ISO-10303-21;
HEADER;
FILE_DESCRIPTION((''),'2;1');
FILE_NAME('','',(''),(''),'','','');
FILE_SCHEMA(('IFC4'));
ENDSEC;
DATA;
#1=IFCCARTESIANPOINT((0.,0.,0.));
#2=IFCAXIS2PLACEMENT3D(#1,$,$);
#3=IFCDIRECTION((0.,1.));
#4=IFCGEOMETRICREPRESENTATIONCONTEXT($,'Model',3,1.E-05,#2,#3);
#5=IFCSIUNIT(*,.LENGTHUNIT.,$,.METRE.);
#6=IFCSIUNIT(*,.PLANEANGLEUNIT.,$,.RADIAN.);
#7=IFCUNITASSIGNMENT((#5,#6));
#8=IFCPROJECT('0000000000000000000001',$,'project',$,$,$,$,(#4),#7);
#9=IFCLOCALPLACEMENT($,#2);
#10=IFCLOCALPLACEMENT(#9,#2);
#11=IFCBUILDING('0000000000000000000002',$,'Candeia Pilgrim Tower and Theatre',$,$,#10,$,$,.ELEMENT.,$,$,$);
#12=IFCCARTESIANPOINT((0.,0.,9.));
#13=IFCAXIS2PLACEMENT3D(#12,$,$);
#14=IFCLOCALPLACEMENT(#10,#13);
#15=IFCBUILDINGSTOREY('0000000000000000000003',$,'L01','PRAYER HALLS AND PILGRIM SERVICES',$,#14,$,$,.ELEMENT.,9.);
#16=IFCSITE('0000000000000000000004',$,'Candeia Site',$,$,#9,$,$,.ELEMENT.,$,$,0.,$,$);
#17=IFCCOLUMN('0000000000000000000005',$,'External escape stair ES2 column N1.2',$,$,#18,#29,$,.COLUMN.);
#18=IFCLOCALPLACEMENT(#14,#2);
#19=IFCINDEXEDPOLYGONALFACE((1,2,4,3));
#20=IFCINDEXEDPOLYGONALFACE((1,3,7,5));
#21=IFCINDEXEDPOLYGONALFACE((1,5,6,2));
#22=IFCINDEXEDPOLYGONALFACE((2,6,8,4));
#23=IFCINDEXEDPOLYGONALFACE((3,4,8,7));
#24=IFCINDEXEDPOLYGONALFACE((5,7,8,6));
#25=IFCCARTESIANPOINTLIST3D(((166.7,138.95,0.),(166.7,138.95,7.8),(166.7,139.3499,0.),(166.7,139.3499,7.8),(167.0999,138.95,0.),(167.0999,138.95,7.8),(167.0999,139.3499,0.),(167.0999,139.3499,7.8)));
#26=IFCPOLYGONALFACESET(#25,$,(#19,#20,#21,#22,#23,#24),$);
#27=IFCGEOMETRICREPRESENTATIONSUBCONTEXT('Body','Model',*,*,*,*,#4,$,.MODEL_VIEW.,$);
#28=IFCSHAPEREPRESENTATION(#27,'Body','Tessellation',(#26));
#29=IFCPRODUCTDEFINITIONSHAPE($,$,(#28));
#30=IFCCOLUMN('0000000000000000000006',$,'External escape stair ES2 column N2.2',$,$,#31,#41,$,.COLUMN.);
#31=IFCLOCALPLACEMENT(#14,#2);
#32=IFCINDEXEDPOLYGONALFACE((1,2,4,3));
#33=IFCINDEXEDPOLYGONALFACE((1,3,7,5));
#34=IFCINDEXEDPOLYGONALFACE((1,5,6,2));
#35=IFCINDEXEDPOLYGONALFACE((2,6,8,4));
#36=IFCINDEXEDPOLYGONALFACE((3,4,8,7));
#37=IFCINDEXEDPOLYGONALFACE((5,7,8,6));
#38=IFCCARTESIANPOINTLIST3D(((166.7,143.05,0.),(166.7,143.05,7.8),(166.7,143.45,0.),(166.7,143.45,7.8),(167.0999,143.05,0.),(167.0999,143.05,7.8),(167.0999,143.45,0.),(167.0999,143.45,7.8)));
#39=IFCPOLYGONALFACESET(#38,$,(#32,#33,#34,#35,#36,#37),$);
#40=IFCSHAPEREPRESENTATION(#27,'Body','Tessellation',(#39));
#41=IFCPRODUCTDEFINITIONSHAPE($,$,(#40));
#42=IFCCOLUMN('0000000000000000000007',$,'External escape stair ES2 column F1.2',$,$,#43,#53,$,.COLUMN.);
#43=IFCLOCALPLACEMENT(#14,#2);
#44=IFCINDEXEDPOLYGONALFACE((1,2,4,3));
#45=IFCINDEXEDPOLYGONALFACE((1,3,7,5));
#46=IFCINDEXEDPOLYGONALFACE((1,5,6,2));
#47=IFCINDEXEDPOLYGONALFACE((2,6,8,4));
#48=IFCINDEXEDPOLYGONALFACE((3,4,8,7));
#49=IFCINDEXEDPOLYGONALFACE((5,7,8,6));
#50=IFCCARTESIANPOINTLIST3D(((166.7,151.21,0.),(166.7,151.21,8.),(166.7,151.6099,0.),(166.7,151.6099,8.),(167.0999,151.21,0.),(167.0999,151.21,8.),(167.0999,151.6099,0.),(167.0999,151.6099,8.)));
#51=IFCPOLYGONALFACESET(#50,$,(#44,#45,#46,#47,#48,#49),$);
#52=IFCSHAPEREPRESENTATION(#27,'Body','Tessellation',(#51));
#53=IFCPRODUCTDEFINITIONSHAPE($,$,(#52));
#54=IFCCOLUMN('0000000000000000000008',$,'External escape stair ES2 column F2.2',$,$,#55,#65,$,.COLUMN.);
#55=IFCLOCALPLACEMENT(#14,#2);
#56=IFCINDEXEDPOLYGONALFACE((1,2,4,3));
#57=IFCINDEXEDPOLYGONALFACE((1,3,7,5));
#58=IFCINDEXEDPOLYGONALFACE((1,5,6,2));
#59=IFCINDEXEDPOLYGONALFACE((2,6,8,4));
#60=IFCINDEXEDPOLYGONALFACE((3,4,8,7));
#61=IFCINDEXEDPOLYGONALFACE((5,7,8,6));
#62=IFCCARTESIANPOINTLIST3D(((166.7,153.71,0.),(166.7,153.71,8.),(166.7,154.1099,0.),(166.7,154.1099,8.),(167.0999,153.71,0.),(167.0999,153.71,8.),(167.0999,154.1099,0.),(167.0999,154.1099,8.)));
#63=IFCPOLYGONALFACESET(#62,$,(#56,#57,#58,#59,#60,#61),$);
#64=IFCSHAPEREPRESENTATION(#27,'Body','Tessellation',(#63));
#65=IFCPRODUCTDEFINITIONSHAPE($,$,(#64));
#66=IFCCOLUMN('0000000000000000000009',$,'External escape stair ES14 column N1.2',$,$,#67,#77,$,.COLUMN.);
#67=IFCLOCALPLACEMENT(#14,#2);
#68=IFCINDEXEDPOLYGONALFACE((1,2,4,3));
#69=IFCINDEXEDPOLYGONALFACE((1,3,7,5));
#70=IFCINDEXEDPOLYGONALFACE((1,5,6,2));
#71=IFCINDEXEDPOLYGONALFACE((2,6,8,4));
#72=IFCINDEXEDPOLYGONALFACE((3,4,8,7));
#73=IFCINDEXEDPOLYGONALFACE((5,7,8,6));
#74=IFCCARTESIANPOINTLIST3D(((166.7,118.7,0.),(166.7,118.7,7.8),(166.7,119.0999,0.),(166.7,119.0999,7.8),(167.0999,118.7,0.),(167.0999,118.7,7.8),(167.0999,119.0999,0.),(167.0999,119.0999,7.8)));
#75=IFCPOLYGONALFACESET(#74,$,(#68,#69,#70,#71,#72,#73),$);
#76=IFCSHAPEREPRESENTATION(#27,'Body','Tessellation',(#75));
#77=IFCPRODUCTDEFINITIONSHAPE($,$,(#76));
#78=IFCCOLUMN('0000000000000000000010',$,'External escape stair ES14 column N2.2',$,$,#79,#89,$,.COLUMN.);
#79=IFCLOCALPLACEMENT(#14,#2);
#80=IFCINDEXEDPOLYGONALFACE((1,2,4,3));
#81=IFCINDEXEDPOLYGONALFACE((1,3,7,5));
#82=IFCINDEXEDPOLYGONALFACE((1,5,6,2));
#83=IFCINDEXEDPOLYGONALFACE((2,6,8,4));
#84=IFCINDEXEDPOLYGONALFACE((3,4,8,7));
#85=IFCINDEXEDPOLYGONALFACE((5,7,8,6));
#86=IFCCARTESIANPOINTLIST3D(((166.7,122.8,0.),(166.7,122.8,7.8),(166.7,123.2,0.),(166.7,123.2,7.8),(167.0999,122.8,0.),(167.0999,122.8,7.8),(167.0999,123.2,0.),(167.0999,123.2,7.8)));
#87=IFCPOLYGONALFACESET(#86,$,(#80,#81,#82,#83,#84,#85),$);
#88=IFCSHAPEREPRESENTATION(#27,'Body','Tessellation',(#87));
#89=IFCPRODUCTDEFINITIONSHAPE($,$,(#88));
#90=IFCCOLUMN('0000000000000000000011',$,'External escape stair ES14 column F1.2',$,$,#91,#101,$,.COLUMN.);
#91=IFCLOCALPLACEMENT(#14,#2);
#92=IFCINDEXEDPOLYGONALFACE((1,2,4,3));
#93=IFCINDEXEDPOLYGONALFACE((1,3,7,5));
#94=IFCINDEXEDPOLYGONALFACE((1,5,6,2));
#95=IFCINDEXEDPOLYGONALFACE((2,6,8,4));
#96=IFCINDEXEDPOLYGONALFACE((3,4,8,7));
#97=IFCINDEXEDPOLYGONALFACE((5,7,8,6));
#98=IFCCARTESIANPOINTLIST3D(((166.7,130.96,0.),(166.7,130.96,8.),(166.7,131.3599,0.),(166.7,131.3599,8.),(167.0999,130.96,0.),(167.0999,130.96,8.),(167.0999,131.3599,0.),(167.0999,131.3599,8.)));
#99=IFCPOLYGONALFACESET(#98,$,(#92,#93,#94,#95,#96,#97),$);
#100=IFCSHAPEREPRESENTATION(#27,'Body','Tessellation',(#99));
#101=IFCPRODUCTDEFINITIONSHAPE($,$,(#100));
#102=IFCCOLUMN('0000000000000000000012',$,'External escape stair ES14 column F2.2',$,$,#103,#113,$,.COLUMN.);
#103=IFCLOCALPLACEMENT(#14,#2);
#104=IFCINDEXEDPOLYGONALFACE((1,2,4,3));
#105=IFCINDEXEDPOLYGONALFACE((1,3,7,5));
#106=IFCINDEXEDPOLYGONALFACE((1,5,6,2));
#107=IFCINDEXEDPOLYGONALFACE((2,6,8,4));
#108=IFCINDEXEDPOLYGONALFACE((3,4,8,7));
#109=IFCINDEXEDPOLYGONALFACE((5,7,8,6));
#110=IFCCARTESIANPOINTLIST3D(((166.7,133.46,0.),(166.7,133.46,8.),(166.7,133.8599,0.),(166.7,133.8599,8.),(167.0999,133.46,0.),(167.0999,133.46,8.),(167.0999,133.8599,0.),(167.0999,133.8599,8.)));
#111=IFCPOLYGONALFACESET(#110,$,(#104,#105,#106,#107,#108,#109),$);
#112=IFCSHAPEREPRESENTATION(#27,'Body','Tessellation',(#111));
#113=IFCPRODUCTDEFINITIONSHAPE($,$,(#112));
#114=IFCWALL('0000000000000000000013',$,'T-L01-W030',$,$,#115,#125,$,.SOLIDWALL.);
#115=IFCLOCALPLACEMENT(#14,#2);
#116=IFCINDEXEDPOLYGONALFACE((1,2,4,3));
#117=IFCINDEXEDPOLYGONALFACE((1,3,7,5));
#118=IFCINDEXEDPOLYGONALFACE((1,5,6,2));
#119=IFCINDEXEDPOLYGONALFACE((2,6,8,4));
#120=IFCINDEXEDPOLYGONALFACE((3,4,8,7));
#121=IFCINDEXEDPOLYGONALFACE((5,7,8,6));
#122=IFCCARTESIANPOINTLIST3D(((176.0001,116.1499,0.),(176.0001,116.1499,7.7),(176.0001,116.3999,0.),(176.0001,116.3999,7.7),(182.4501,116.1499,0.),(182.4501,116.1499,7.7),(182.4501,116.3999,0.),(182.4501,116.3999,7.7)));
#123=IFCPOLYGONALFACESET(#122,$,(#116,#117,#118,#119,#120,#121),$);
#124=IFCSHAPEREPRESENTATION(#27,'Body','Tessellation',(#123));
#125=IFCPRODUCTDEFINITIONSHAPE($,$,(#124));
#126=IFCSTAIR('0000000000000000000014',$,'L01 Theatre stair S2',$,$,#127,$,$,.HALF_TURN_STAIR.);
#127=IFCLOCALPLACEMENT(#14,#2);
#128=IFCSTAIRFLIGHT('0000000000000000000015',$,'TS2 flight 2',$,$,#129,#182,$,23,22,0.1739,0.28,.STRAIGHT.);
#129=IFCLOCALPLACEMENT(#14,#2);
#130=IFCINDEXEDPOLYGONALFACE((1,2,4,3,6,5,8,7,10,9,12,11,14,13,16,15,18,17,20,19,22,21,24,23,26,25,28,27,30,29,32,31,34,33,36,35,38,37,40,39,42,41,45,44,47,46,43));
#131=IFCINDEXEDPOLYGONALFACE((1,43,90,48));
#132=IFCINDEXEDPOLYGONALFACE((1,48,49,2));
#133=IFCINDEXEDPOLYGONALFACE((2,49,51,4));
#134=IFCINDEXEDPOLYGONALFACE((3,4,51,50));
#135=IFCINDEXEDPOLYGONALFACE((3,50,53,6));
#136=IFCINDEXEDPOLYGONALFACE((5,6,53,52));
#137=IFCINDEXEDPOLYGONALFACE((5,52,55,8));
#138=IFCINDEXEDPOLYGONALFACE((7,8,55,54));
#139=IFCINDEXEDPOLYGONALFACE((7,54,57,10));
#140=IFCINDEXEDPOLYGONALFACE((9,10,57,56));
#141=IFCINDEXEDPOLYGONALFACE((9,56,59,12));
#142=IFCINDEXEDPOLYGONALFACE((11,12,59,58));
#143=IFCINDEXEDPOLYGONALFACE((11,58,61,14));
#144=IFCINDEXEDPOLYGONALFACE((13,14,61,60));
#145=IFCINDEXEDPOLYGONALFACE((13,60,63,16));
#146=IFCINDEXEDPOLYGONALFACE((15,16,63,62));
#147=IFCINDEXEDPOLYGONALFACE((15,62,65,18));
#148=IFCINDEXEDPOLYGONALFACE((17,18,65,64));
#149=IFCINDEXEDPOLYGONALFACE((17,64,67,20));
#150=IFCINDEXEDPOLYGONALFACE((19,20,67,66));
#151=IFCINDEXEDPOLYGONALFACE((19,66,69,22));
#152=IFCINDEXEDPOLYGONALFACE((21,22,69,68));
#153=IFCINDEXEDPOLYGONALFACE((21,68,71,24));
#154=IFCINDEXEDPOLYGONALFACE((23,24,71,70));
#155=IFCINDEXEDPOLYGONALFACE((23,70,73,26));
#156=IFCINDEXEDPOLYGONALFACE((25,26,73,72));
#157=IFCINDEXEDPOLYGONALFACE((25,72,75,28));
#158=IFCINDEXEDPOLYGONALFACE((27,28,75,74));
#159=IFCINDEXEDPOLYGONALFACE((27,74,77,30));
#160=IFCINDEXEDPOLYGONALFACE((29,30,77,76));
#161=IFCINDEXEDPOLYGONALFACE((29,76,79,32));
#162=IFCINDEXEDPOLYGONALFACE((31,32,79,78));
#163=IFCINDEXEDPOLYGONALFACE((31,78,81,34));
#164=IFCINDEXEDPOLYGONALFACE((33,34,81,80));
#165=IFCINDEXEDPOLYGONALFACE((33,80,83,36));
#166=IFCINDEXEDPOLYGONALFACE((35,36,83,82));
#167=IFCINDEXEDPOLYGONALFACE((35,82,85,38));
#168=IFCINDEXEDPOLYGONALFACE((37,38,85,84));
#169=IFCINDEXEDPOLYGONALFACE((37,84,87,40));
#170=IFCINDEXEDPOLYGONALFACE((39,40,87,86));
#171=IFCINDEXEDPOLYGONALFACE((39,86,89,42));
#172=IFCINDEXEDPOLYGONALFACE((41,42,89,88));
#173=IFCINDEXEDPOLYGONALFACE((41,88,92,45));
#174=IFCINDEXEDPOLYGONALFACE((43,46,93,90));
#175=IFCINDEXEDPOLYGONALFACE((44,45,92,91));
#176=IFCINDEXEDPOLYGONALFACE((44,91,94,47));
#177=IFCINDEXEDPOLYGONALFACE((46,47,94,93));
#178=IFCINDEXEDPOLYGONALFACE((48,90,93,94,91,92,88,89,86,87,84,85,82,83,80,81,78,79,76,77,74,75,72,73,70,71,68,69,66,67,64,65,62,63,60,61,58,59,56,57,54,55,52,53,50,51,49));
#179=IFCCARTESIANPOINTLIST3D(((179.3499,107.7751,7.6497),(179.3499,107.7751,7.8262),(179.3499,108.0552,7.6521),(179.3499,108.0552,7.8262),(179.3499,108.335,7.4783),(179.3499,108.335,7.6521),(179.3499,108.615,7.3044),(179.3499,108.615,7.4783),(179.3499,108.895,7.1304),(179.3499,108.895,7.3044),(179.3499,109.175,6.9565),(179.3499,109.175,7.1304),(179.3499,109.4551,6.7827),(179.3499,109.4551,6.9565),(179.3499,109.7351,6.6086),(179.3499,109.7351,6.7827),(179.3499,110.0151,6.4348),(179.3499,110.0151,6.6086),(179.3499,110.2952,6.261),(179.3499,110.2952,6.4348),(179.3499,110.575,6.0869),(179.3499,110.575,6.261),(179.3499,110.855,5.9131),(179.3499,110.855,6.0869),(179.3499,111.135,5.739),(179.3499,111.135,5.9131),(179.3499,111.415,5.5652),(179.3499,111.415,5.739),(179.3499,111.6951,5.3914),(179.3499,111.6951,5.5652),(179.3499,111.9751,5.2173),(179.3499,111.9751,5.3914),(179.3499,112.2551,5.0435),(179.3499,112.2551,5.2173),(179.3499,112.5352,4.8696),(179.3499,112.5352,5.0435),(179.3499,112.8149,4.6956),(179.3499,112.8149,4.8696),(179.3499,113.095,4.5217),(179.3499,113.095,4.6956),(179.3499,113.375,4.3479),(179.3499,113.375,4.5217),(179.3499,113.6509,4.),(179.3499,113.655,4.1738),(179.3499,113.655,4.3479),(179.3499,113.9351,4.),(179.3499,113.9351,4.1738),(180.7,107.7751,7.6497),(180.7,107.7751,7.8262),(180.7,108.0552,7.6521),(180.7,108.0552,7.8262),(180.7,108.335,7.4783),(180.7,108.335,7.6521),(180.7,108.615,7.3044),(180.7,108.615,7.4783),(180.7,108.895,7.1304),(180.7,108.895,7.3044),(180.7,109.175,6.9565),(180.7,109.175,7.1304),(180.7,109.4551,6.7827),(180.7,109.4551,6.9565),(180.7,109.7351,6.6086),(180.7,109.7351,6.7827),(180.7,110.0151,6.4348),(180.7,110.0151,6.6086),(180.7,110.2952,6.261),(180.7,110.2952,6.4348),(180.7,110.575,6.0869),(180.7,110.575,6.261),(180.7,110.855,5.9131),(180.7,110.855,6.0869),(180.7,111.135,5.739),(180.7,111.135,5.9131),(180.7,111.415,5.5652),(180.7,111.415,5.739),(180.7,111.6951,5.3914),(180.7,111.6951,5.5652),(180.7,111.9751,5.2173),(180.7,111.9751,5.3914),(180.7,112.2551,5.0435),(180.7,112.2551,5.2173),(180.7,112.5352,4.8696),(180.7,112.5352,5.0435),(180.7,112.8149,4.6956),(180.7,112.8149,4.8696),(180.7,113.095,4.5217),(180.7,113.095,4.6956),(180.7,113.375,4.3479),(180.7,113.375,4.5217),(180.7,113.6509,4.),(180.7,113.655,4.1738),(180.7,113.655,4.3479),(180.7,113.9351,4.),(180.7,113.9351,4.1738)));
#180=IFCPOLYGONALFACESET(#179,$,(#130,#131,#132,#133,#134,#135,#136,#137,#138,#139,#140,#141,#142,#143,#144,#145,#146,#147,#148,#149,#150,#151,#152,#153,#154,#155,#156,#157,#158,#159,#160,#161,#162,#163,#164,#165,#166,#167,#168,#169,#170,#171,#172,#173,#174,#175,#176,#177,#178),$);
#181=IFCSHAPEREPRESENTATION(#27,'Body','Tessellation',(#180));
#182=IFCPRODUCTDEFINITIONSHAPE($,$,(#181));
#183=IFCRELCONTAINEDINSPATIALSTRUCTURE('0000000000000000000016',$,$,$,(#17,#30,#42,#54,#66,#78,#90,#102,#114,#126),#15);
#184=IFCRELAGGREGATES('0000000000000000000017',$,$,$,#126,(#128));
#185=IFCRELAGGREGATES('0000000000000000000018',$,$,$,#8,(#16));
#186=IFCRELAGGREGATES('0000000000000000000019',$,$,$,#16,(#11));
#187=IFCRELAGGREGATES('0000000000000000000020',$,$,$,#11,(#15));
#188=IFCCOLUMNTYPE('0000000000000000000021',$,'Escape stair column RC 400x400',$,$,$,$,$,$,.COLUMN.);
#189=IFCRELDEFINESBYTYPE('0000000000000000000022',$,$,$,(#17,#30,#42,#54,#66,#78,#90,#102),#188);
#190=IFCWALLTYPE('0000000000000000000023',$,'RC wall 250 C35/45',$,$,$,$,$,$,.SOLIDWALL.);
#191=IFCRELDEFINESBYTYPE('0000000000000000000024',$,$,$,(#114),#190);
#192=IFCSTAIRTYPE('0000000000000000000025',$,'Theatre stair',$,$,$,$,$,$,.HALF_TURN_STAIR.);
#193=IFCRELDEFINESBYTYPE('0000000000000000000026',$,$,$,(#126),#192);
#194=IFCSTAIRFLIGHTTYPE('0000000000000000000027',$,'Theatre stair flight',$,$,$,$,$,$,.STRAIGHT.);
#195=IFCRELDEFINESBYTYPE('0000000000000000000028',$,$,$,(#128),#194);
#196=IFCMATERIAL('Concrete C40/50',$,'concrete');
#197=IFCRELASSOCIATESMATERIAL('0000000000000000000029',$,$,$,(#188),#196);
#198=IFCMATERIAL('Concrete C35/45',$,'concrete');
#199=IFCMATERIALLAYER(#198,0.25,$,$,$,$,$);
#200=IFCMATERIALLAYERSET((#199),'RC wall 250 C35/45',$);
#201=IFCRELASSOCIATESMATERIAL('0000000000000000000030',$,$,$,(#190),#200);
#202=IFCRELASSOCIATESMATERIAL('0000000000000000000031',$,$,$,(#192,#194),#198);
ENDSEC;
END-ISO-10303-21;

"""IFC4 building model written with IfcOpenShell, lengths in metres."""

from ifc_helpers import new_model, si_unit, direction, frame, frame_2d, origin, origin_2d, place, context, subcontext, project, spatial, polyline, rectangle, outline, extrude, material, layer, layer_set, material_profile, profile_set, type_object, element, aggregate, save


model = new_model("IFC4")

# Units and contexts
model_context = context("Model", 3, precision=1e-05, world=origin(), true_north=direction((0.0, 1.0)))
body_context = subcontext(model_context, "Body", "Model", "MODEL_VIEW")
ifc_project = project(units=[si_unit("LENGTHUNIT", "METRE"), si_unit("PLANEANGLEUNIT", "RADIAN")], contexts=[model_context])

# Site, building, storey
site_placement = place(None, origin())
site = spatial("IfcSite", under=ifc_project, at=site_placement, Name="Candeia Site", CompositionType="ELEMENT", RefElevation=0.0)
building_placement = place(site_placement, origin())
building = spatial("IfcBuilding", under=site, at=building_placement, Name="Candeia Pilgrim Tower and Theatre", CompositionType="ELEMENT")
storey_placement = place(building_placement, frame((0.0, 0.0, 9.0)))
storey = spatial("IfcBuildingStorey", under=building, at=storey_placement, Name="L01", Description="PRAYER HALLS AND PILGRIM SERVICES", CompositionType="ELEMENT", Elevation=9.0)

# Columns
ifc_material_1 = material(Name="Concrete C40/50", Category="concrete")
ifc_material_profile = material_profile(ifc_material_1, rectangle(XDim=0.3999, YDim=0.3999, at=origin_2d()))
ifc_profile_set = profile_set([ifc_material_profile], Name="Concrete C40/50")
column_type = type_object("IfcColumnType", Name="Escape stair column RC 400x400", PredefinedType="COLUMN", material=ifc_profile_set)
for number, where, z_axis, x_axis, name in (
    (1, (166.8999, 139.1499, 0.0), (0.0, 0.0, 1.0), (1.0, 0.0, 0.0), "External escape stair ES2 column N1.2"),
    (2, (166.8999, 143.25, 0.0), (0.0, 0.0, 1.0), (1.0, 0.0, 0.0), "External escape stair ES2 column N2.2"),
):
    element("IfcColumn", number, at=place(storey_placement, frame(where, z_axis=z_axis, x_axis=x_axis)), inside=storey, type_object=column_type, Name=name, PredefinedType="COLUMN", context=body_context, shape_type="SweptSolid", body=[
        extrude(rectangle(XDim=0.3999, YDim=0.3999, at=origin_2d()), origin(), (0.0, 0.0, 1.0), 7.8),
    ])
for number, where, z_axis, x_axis, name in (
    (3, (166.8999, 151.4099, 0.0), (0.0, 0.0, 1.0), (1.0, 0.0, 0.0), "External escape stair ES2 column F1.2"),
    (4, (166.8999, 153.9099, 0.0), (0.0, 0.0, 1.0), (1.0, 0.0, 0.0), "External escape stair ES2 column F2.2"),
):
    element("IfcColumn", number, at=place(storey_placement, frame(where, z_axis=z_axis, x_axis=x_axis)), inside=storey, type_object=column_type, Name=name, PredefinedType="COLUMN", context=body_context, shape_type="SweptSolid", body=[
        extrude(rectangle(XDim=0.3999, YDim=0.3999, at=origin_2d()), origin(), (0.0, 0.0, 1.0), 8.0),
    ])
for number, where, z_axis, x_axis, name in (
    (5, (166.8999, 118.8999, 0.0), (0.0, 0.0, 1.0), (1.0, 0.0, 0.0), "External escape stair ES14 column N1.2"),
    (6, (166.8999, 123.0, 0.0), (0.0, 0.0, 1.0), (1.0, 0.0, 0.0), "External escape stair ES14 column N2.2"),
):
    element("IfcColumn", number, at=place(storey_placement, frame(where, z_axis=z_axis, x_axis=x_axis)), inside=storey, type_object=column_type, Name=name, PredefinedType="COLUMN", context=body_context, shape_type="SweptSolid", body=[
        extrude(rectangle(XDim=0.3999, YDim=0.3999, at=origin_2d()), origin(), (0.0, 0.0, 1.0), 7.8),
    ])
for number, where, z_axis, x_axis, name in (
    (7, (166.8999, 131.1599, 0.0), (0.0, 0.0, 1.0), (1.0, 0.0, 0.0), "External escape stair ES14 column F1.2"),
    (8, (166.8999, 133.6599, 0.0), (0.0, 0.0, 1.0), (1.0, 0.0, 0.0), "External escape stair ES14 column F2.2"),
):
    element("IfcColumn", number, at=place(storey_placement, frame(where, z_axis=z_axis, x_axis=x_axis)), inside=storey, type_object=column_type, Name=name, PredefinedType="COLUMN", context=body_context, shape_type="SweptSolid", body=[
        extrude(rectangle(XDim=0.3999, YDim=0.3999, at=origin_2d()), origin(), (0.0, 0.0, 1.0), 8.0),
    ])

# Wall
ifc_material_2 = material(Name="Concrete C35/45", Category="concrete")
ifc_layer = layer(ifc_material_2, 0.25)
ifc_layer_set = layer_set([ifc_layer], Name="RC wall 250 C35/45")
wall_type = type_object("IfcWallType", Name="RC wall 250 C35/45", PredefinedType="SOLIDWALL", material=ifc_layer_set)
wall_placement = place(storey_placement, frame((176.0, 116.2749, 0.0), z_axis=(0.0, 0.0, 1.0), x_axis=(1.0, 0.0, 0.0)))
element("IfcWall", 9, at=wall_placement, inside=storey, type_object=wall_type, Name="T-L01-W030", PredefinedType="SOLIDWALL", context=body_context, shape_type="SweptSolid", body=[
    extrude(rectangle(XDim=6.45, YDim=0.25, at=frame_2d((3.2251, 0.0))), origin(), (0.0, 0.0, 1.0), 7.7),
])

# Stair, stair flight
stair_type = type_object("IfcStairType", Name="Theatre stair", PredefinedType="HALF_TURN_STAIR", material=ifc_material_2)
stair_placement = place(storey_placement, origin())
stair = element("IfcStair", 10, at=stair_placement, inside=storey, type_object=stair_type, Name="L01 Theatre stair S2", PredefinedType="HALF_TURN_STAIR")
stair_flight_type = type_object("IfcStairFlightType", Name="Theatre stair flight", PredefinedType="STRAIGHT", material=ifc_material_2)
stair_flight_placement = place(storey_placement, frame((180.0249, 113.9351, 4.0), z_axis=(0.0, 0.0, 1.0), x_axis=(0.0, -1.0, 0.0)))
stair_flight = element("IfcStairFlight", 11, at=stair_flight_placement, type_object=stair_flight_type, Name="TS2 flight 2", NumberOfRisers=23, NumberOfTreads=22, PredefinedType="STRAIGHT", RiserHeight=0.1739, TreadLength=0.28, context=body_context, shape_type="SweptSolid", body=[
    extrude(outline(polyline([(0.0, 0.0), (0.0, 0.1738), (0.28, 0.1738), (0.28, 0.3479), (0.5601, 0.3479), (0.5601, 0.5217), (0.8401, 0.5217), (0.8401, 0.6956), (1.1201, 0.6956), (1.1201, 0.8696), (1.3999, 0.8696), (1.3999, 1.0435), (1.6799, 1.0435), (1.6799, 1.2173), (1.96, 1.2173), (1.96, 1.3914), (2.24, 1.3914), (2.24, 1.5652), (2.52, 1.5652), (2.52, 1.739), (2.8, 1.739), (2.8, 1.9131), (3.0801, 1.9131), (3.0801, 2.0869), (3.3601, 2.0869), (3.3601, 2.261), (3.6399, 2.261), (3.6399, 2.4348), (3.9199, 2.4348), (3.9199, 2.6086), (4.2, 2.6086), (4.2, 2.7827), (4.48, 2.7827), (4.48, 2.9565), (4.76, 2.9565), (4.76, 3.1304), (5.04, 3.1304), (5.04, 3.3044), (5.3201, 3.3044), (5.3201, 3.4783), (5.6001, 3.4783), (5.6001, 3.6521), (5.8799, 3.6521), (5.8799, 3.8262), (6.1599, 3.8262), (6.1599, 4.0), (6.1599, 3.6497), (0.2842, 0.0), (0.0, 0.0)])), frame((0.0, 0.675, 0.0), z_axis=(0.0, -1.0, 0.0), x_axis=(1.0, 0.0, 0.0)), (0.0, 0.0, 1.0), 1.3501),
])
aggregate(stair, [stair_flight])

save(model, "model.ifc")
